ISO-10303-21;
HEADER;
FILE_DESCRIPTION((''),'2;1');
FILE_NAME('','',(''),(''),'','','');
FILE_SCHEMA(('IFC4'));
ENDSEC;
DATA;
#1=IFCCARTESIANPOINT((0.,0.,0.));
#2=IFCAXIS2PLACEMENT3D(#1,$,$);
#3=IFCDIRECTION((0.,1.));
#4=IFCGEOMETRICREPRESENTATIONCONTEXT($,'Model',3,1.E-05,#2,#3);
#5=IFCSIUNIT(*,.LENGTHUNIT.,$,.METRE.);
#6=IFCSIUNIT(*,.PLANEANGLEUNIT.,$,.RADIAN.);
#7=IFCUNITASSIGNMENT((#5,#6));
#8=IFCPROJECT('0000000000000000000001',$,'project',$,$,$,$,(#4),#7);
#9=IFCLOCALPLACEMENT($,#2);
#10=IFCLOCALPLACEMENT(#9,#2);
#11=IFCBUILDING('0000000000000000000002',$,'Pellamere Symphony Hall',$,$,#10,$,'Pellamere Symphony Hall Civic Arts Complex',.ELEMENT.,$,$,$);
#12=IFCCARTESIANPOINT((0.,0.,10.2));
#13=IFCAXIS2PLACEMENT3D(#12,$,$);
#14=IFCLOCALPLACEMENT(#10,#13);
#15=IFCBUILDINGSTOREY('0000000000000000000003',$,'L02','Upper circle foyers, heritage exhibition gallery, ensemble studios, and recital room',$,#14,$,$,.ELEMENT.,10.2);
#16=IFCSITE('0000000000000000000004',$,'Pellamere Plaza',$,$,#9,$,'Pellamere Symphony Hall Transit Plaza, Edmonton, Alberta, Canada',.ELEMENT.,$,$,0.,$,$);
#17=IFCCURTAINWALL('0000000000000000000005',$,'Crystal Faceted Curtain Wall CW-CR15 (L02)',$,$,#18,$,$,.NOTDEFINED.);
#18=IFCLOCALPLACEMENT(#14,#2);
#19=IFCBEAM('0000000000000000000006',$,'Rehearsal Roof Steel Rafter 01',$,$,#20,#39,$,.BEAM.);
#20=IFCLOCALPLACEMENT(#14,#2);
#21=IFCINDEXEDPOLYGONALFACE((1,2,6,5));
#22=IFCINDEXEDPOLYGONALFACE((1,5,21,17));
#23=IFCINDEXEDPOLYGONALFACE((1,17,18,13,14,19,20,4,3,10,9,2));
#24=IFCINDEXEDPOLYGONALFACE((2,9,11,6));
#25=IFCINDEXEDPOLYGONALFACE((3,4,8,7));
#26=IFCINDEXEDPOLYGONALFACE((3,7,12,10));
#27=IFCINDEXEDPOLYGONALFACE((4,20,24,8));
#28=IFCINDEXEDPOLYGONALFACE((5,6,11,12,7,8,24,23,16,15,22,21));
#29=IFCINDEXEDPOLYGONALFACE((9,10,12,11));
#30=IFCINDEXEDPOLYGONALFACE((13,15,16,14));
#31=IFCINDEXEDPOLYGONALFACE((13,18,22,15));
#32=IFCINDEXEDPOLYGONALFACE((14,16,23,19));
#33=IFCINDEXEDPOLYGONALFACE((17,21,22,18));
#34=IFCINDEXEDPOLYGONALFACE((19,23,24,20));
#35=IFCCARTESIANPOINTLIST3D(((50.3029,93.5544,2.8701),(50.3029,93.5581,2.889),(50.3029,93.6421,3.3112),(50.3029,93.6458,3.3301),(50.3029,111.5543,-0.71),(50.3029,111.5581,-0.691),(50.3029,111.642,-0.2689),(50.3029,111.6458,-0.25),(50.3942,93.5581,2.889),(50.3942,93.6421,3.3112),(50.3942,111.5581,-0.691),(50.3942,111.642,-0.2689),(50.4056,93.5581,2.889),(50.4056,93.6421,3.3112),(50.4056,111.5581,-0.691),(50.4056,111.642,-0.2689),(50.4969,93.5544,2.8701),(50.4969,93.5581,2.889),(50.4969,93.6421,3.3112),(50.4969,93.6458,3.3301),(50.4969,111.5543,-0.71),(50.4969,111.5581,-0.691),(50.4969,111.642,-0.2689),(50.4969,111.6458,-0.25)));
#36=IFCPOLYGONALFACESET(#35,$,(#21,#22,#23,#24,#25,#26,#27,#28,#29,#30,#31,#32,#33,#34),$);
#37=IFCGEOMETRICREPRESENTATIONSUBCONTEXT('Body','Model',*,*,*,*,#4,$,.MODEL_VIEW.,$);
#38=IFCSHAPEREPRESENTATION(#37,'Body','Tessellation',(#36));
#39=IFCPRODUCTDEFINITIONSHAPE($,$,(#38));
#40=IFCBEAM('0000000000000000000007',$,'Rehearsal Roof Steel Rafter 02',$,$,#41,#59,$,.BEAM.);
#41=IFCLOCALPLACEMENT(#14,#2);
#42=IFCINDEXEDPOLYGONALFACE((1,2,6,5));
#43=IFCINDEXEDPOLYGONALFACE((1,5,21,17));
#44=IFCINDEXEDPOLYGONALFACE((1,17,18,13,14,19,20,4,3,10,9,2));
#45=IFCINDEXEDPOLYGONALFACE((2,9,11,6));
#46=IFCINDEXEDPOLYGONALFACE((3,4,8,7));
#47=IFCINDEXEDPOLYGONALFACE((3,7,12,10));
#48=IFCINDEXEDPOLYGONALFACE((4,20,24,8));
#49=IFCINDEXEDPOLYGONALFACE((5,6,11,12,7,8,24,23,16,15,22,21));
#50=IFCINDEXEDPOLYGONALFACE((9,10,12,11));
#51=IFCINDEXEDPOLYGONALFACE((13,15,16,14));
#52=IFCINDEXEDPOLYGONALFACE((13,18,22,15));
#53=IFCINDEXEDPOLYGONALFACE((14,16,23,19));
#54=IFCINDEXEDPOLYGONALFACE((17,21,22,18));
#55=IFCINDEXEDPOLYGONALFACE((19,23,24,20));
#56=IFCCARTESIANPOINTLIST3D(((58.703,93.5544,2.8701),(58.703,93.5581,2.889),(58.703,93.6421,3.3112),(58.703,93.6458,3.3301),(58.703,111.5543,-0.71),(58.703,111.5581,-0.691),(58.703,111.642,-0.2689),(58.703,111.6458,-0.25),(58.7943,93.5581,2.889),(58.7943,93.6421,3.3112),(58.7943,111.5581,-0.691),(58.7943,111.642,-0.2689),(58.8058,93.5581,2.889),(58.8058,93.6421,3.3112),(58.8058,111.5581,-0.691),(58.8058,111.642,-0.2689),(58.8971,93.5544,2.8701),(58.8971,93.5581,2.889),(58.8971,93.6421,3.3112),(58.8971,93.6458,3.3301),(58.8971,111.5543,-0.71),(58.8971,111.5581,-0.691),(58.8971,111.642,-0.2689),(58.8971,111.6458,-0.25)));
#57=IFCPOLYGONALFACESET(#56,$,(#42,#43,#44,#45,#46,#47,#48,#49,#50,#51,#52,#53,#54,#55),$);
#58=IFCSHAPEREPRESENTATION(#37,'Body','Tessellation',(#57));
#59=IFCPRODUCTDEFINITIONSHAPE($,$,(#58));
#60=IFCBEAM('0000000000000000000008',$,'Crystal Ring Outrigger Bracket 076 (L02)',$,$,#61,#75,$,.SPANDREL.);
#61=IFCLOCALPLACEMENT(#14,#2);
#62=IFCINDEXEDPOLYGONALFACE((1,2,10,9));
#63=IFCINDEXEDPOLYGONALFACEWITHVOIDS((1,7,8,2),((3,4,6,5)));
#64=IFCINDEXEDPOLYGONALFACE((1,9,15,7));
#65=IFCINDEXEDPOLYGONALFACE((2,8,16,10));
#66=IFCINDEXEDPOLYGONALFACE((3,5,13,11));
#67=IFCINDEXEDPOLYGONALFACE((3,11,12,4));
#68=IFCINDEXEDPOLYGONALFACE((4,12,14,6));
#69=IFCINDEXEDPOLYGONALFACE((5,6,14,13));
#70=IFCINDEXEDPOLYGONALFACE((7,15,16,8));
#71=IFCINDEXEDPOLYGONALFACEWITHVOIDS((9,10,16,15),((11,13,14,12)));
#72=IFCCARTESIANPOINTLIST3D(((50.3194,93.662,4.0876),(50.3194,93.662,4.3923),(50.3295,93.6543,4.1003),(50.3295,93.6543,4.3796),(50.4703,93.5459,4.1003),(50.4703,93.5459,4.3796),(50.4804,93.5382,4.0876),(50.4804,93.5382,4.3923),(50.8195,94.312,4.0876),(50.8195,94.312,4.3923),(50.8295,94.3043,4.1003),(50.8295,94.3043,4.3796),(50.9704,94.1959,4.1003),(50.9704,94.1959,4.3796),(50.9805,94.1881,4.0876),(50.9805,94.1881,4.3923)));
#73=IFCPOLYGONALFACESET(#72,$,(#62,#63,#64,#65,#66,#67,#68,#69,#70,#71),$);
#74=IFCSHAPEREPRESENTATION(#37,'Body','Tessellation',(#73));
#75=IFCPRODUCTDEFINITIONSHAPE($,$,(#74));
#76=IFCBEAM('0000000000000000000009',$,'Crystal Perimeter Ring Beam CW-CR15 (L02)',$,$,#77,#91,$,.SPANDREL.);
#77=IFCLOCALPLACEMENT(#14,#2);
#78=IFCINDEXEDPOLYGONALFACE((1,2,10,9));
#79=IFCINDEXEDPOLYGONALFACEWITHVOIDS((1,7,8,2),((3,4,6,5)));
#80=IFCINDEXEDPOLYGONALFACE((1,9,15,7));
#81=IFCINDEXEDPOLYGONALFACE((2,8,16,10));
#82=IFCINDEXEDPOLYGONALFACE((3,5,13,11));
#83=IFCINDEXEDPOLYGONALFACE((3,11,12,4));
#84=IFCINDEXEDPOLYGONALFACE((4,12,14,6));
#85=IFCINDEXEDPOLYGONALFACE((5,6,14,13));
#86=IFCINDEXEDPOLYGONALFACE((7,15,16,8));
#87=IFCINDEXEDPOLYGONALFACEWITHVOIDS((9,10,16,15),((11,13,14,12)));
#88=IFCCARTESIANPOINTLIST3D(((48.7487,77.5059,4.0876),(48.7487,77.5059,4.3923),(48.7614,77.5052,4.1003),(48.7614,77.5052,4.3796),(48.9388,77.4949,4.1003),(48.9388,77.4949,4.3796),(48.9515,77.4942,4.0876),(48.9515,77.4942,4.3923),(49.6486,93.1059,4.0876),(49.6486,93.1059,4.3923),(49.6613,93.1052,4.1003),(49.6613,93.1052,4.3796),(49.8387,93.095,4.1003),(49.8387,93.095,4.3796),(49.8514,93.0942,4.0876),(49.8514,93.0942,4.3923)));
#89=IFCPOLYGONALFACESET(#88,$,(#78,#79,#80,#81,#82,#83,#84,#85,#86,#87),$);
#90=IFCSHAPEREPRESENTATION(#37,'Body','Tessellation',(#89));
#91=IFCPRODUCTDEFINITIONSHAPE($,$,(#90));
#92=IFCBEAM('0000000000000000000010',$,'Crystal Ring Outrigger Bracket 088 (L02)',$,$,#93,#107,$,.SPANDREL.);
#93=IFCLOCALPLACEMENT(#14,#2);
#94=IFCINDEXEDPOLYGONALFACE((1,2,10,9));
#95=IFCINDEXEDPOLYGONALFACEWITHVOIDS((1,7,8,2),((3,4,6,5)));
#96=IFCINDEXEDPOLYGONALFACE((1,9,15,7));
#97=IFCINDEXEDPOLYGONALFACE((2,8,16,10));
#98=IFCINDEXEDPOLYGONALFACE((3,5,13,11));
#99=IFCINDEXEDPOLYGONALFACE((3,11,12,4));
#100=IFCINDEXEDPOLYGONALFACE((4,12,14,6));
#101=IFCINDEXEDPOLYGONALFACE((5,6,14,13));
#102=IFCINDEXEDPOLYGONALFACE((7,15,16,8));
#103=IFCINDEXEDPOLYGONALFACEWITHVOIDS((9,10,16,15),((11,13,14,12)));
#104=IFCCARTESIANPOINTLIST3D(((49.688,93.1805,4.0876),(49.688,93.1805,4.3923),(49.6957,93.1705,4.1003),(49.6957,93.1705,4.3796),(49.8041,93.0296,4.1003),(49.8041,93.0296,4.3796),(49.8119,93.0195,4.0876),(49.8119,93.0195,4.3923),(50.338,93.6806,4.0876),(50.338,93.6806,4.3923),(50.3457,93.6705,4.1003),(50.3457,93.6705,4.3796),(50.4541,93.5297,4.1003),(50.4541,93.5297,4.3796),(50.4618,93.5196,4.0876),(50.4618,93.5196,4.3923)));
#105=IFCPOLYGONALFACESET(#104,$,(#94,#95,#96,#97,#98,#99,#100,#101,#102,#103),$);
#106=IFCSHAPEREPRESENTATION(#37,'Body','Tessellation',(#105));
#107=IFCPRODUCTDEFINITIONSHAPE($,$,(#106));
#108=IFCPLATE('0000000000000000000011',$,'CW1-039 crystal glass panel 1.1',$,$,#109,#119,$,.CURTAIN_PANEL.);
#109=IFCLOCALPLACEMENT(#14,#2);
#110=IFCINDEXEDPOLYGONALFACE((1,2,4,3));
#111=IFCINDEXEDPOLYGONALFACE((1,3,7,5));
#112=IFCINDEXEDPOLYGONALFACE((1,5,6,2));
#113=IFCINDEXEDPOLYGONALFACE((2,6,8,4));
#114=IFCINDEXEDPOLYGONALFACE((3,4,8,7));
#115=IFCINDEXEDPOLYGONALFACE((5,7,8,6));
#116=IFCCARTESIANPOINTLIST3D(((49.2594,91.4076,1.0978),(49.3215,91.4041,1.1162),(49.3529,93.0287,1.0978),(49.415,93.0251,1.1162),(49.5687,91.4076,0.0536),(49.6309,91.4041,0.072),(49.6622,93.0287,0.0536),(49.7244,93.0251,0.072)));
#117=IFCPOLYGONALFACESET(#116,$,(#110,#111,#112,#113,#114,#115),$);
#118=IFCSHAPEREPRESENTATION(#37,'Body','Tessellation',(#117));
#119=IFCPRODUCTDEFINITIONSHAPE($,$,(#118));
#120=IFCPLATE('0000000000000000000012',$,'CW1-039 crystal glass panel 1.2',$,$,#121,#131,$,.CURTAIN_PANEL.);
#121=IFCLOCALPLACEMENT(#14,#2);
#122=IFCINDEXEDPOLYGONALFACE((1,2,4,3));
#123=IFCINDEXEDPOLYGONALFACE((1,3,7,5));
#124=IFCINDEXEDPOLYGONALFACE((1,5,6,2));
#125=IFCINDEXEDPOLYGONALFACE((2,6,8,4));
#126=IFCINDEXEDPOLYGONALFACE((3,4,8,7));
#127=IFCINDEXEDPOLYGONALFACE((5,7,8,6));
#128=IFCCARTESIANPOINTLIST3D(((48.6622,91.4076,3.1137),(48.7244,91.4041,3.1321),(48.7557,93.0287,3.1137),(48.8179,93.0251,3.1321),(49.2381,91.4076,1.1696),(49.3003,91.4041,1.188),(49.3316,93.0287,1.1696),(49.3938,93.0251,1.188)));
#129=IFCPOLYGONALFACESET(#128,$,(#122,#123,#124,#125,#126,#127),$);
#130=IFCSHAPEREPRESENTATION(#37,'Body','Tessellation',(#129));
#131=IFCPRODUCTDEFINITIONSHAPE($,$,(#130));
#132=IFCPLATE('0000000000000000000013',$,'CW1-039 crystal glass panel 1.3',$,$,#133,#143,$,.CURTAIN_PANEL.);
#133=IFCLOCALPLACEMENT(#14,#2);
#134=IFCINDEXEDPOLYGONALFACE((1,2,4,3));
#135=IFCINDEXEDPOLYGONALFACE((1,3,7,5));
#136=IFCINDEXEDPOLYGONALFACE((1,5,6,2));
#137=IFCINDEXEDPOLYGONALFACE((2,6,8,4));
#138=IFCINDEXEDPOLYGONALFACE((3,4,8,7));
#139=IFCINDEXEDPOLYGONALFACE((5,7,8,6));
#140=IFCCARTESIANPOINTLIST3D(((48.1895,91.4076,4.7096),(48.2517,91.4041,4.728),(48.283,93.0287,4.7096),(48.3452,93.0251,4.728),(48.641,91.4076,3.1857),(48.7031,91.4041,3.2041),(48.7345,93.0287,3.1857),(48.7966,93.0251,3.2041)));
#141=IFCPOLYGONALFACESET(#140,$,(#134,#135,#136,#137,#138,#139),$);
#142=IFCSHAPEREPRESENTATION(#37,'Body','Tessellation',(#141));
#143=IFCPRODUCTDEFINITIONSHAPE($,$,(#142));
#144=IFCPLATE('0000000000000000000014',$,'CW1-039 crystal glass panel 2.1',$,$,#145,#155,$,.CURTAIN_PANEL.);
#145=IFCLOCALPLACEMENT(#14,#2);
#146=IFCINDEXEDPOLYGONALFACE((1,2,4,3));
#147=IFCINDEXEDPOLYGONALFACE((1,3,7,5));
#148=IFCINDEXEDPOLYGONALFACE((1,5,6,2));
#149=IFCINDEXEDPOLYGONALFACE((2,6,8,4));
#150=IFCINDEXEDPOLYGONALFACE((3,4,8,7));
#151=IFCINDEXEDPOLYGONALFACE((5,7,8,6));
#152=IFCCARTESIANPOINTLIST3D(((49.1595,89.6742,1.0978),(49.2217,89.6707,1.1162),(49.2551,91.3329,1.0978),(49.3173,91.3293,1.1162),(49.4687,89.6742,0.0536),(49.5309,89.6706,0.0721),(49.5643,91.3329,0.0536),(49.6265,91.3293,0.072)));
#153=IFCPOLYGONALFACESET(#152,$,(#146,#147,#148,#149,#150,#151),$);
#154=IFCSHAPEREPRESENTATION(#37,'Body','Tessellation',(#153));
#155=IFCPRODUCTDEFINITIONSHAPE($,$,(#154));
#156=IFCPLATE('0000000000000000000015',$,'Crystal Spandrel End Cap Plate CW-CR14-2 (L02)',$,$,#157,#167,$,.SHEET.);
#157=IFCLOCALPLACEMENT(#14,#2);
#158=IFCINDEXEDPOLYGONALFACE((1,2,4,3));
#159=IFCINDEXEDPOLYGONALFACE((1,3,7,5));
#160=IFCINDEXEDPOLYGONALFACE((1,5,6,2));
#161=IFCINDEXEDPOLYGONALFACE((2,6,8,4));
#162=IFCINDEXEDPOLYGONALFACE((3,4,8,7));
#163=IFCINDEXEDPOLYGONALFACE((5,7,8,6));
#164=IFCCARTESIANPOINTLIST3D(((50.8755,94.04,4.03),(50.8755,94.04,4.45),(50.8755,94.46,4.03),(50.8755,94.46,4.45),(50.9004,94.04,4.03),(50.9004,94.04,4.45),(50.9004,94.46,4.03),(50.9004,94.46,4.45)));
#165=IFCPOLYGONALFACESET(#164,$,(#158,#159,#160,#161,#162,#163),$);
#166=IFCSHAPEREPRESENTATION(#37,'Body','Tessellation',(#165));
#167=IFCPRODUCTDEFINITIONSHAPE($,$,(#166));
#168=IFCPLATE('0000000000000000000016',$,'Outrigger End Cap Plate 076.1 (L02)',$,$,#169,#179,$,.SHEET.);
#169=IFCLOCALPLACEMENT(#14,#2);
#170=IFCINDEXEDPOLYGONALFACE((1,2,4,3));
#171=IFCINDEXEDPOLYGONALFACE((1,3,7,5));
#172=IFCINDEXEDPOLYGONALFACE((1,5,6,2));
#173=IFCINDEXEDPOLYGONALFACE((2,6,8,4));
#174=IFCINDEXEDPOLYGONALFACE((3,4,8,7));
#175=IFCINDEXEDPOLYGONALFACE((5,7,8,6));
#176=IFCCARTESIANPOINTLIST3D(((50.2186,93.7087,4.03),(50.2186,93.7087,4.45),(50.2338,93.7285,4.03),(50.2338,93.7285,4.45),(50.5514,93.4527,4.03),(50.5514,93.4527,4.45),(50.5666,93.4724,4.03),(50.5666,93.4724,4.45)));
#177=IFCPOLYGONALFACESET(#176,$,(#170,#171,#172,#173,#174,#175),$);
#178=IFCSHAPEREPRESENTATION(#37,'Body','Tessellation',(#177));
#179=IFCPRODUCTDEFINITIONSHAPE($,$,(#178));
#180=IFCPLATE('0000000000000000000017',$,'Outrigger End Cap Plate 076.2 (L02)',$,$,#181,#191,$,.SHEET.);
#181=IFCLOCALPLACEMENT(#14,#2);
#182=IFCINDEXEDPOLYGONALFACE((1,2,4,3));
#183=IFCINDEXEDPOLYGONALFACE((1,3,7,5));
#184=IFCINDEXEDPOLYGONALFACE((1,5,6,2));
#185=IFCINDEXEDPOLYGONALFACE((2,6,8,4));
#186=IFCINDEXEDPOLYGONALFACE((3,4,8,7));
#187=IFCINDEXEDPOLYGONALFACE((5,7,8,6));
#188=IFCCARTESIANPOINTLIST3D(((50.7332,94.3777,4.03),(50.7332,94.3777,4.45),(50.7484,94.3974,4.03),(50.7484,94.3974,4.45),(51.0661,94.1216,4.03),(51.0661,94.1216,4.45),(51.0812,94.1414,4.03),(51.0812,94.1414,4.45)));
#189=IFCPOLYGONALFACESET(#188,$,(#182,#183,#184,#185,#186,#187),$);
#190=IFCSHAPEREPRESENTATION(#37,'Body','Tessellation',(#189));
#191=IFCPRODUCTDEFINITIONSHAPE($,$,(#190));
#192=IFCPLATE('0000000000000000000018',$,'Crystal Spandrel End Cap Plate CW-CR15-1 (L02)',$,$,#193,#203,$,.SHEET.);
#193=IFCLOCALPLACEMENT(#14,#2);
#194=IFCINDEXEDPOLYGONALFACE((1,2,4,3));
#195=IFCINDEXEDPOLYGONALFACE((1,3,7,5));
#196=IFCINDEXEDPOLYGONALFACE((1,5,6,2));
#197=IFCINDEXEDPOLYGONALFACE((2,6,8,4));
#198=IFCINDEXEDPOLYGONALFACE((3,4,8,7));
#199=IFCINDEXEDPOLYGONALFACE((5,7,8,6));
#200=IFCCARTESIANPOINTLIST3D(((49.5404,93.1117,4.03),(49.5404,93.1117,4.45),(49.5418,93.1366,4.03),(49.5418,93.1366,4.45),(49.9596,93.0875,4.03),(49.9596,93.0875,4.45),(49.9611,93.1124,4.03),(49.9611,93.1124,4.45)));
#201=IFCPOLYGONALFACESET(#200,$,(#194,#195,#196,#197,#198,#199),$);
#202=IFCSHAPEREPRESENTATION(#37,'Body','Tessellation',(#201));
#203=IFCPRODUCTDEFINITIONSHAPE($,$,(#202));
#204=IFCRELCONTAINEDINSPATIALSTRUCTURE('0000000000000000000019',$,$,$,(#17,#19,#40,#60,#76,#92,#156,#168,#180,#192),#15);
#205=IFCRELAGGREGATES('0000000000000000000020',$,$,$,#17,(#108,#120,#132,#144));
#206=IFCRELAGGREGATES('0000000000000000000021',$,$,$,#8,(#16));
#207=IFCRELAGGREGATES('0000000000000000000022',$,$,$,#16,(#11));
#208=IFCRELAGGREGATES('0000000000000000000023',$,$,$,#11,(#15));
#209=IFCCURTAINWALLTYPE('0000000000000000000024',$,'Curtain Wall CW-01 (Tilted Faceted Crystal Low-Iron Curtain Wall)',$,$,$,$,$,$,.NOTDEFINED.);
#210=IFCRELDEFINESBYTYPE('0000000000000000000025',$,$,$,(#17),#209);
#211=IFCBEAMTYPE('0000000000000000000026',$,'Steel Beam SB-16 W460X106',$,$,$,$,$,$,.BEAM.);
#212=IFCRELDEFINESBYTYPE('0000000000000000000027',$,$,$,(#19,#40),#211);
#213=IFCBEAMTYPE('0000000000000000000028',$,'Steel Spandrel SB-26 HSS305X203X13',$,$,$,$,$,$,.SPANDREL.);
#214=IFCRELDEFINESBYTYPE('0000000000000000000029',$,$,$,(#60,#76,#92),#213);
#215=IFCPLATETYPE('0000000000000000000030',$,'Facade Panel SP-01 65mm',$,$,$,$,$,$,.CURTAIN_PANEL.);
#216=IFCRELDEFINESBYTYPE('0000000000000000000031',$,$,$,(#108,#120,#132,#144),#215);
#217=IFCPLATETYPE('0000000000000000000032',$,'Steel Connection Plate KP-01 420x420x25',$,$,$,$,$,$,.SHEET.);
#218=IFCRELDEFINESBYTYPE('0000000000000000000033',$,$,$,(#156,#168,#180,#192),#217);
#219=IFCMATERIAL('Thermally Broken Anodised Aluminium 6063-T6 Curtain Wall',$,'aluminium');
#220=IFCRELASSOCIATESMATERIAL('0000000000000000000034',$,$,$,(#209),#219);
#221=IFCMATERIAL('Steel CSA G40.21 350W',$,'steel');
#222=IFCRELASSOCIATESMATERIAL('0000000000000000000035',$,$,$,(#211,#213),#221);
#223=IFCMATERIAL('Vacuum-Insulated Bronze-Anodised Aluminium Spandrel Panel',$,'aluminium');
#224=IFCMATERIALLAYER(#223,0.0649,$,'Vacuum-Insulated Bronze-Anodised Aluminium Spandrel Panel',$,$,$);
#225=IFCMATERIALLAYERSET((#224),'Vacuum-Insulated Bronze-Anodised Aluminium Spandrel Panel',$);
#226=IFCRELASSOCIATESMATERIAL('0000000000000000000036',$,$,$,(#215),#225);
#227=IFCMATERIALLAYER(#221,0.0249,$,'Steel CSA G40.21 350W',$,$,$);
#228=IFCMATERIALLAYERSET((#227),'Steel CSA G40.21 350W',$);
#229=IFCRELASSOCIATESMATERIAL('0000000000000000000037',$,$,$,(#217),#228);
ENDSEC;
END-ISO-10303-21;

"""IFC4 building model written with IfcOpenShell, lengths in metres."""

from ifc_helpers import new_model, si_unit, direction, frame, origin, origin_2d, place, context, subcontext, project, spatial, polyline, rectangle, hollow_rectangle, i_section, outline, extrude, material, layer, layer_set, material_profile, profile_set, type_object, element, aggregate, save


model = new_model("IFC4")

# Units and contexts
model_context = context("Model", 3, precision=1e-05, world=origin(), true_north=direction((0.0, 1.0)))
body_context = subcontext(model_context, "Body", "Model", "MODEL_VIEW")
ifc_project = project(units=[si_unit("LENGTHUNIT", "METRE"), si_unit("PLANEANGLEUNIT", "RADIAN")], contexts=[model_context])

# Site, building, storey
site_placement = place(None, origin())
site = spatial("IfcSite", under=ifc_project, at=site_placement, Name="Pellamere Plaza", LongName="Pellamere Symphony Hall Transit Plaza, Edmonton, Alberta, Canada", CompositionType="ELEMENT", RefElevation=0.0)
building_placement = place(site_placement, origin())
building = spatial("IfcBuilding", under=site, at=building_placement, Name="Pellamere Symphony Hall", LongName="Pellamere Symphony Hall Civic Arts Complex", CompositionType="ELEMENT")
storey_placement = place(building_placement, frame((0.0, 0.0, 10.2)))
storey = spatial("IfcBuildingStorey", under=building, at=storey_placement, Name="L02", Description="Upper circle foyers, heritage exhibition gallery, ensemble studios, and recital room", CompositionType="ELEMENT", Elevation=10.2)

# Curtain wall
ifc_material_1 = material(Name="Thermally Broken Anodised Aluminium 6063-T6 Curtain Wall", Category="aluminium")
curtain_wall_type = type_object("IfcCurtainWallType", Name="Curtain Wall CW-01 (Tilted Faceted Crystal Low-Iron Curtain Wall)", PredefinedType="NOTDEFINED", material=ifc_material_1)
curtain_wall_1_placement = place(storey_placement, origin())
curtain_wall_1 = element("IfcCurtainWall", 1, at=curtain_wall_1_placement, inside=storey, type_object=curtain_wall_type, Name="Crystal Faceted Curtain Wall CW-CR15 (L02)", PredefinedType="NOTDEFINED")

# Beams
ifc_material_2 = material(Name="Steel CSA G40.21 350W", Category="steel")
ifc_material_profile_1 = material_profile(ifc_material_2, i_section(OverallWidth=0.1941, OverallDepth=0.469, WebThickness=0.0115, FlangeThickness=0.0193, at=origin_2d()), Name="W460X106")
ifc_profile_set_1 = profile_set([ifc_material_profile_1], Name="Steel CSA G40.21 350W")
beam_type_1 = type_object("IfcBeamType", Name="Steel Beam SB-16 W460X106", PredefinedType="BEAM", material=ifc_profile_set_1)
for number, where, z_axis, x_axis, name in (
    (2, (50.3999, 93.6001, 3.1001), (0.0, 0.980789, -0.195072), (-1.0, 0.0, 0.0), "Rehearsal Roof Steel Rafter 01"),
    (3, (58.8, 93.6001, 3.1001), (0.0, 0.980789, -0.195072), (-1.0, 0.0, 0.0), "Rehearsal Roof Steel Rafter 02"),
):
    element("IfcBeam", number, at=place(storey_placement, frame(where, z_axis=z_axis, x_axis=x_axis)), inside=storey, type_object=beam_type_1, Name=name, PredefinedType="BEAM", context=body_context, shape_type="SweptSolid", body=[
        extrude(i_section(OverallWidth=0.1941, OverallDepth=0.469, WebThickness=0.0115, FlangeThickness=0.0193, at=origin_2d()), origin(), (0.0, 0.0, 1.0), 18.3525),
    ])
ifc_material_profile_2 = material_profile(ifc_material_2, hollow_rectangle(XDim=0.2031, YDim=0.3047, WallThickness=0.0127, at=origin_2d()), Name="HSS305X203X13")
ifc_profile_set_2 = profile_set([ifc_material_profile_2], Name="Steel CSA G40.21 350W")
beam_type_2 = type_object("IfcBeamType", Name="Steel Spandrel SB-26 HSS305X203X13", PredefinedType="SPANDREL", material=ifc_profile_set_2)
beam_1_placement = place(storey_placement, frame((50.3999, 93.6001, 4.24), z_axis=(0.609768, 0.79258, 0.0), x_axis=(-0.79258, 0.609768, 0.0)))
element("IfcBeam", 4, at=beam_1_placement, inside=storey, type_object=beam_type_2, Name="Crystal Ring Outrigger Bracket 076 (L02)", PredefinedType="SPANDREL", context=body_context, shape_type="SweptSolid", body=[
    extrude(hollow_rectangle(XDim=0.2031, YDim=0.3047, WallThickness=0.0127, at=origin_2d()), origin(), (0.0, 0.0, 1.0), 0.8201),
])
beam_2_placement = place(storey_placement, frame((49.75, 93.1001, 4.24), z_axis=(-0.05759, -0.99834, 0.0), x_axis=(0.99834, -0.05759, 0.0)))
element("IfcBeam", 5, at=beam_2_placement, inside=storey, type_object=beam_type_2, Name="Crystal Perimeter Ring Beam CW-CR15 (L02)", PredefinedType="SPANDREL", context=body_context, shape_type="SweptSolid", body=[
    extrude(hollow_rectangle(XDim=0.2031, YDim=0.3047, WallThickness=0.0127, at=origin_2d()), origin(), (0.0, 0.0, 1.0), 15.626),
])
beam_3_placement = place(storey_placement, frame((50.3999, 93.6001, 4.24), z_axis=(-0.79258, -0.609768, 0.0), x_axis=(0.609768, -0.79258, 0.0)))
element("IfcBeam", 6, at=beam_3_placement, inside=storey, type_object=beam_type_2, Name="Crystal Ring Outrigger Bracket 088 (L02)", PredefinedType="SPANDREL", context=body_context, shape_type="SweptSolid", body=[
    extrude(hollow_rectangle(XDim=0.2031, YDim=0.3047, WallThickness=0.0127, at=origin_2d()), origin(), (0.0, 0.0, 1.0), 0.8201),
])

# Plates
ifc_material_3 = material(Name="Vacuum-Insulated Bronze-Anodised Aluminium Spandrel Panel", Category="aluminium")
ifc_layer_1 = layer(ifc_material_3, 0.0649, Name="Vacuum-Insulated Bronze-Anodised Aluminium Spandrel Panel")
ifc_layer_set_1 = layer_set([ifc_layer_1], Name="Vacuum-Insulated Bronze-Anodised Aluminium Spandrel Panel")
plate_type_1 = type_object("IfcPlateType", Name="Facade Panel SP-01 65mm", PredefinedType="CURTAIN_PANEL", material=ifc_layer_set_1)
plate_1_placement = place(storey_placement, frame((49.7244, 93.0251, 0.072), z_axis=(0.957351, -0.055221, 0.283602), x_axis=(-0.057585, -0.998341, 0.0)))
plate_1 = element("IfcPlate", 7, at=plate_1_placement, type_object=plate_type_1, Name="CW1-039 crystal glass panel 1.1", PredefinedType="CURTAIN_PANEL", context=body_context, shape_type="SweptSolid", body=[
    extrude(outline(polyline([(0.0, 0.0), (1.6238, 0.0), (1.6416, -1.0889), (0.0178, -1.0889), (0.0, 0.0)])), origin(), (0.0, 0.0, -1.0), 0.0649),
])
plate_2_placement = place(storey_placement, frame((49.3938, 93.0251, 1.188), z_axis=(0.957349, -0.055221, 0.28361), x_axis=(-0.057585, -0.998341, 0.0)))
plate_2 = element("IfcPlate", 8, at=plate_2_placement, type_object=plate_type_1, Name="CW1-039 crystal glass panel 1.2", PredefinedType="CURTAIN_PANEL", context=body_context, shape_type="SweptSolid", body=[
    extrude(outline(polyline([(0.0, 0.0), (1.6238, 0.0), (1.657, -2.0273), (0.0332, -2.0273), (0.0, 0.0)])), origin(), (0.0, 0.0, -1.0), 0.0649),
])
plate_3_placement = place(storey_placement, frame((48.7966, 93.0251, 3.2041), z_axis=(0.957355, -0.055221, 0.283587), x_axis=(-0.057585, -0.998341, 0.0)))
plate_3 = element("IfcPlate", 9, at=plate_3_placement, type_object=plate_type_1, Name="CW1-039 crystal glass panel 1.3", PredefinedType="CURTAIN_PANEL", context=body_context, shape_type="SweptSolid", body=[
    extrude(outline(polyline([(0.0, 0.0), (1.6238, 0.0), (1.6498, -1.5892), (0.026, -1.5892), (0.0, 0.0)])), origin(), (0.0, 0.0, -1.0), 0.0649),
])
plate_4_placement = place(storey_placement, frame((49.6265, 91.3293, 0.072), z_axis=(0.957384, -0.055169, 0.283499), x_axis=(-0.057535, -0.998343, 0.00002)))
plate_4 = element("IfcPlate", 10, at=plate_4_placement, type_object=plate_type_1, Name="CW1-039 crystal glass panel 2.1", PredefinedType="CURTAIN_PANEL", context=body_context, shape_type="SweptSolid", body=[
    extrude(outline(polyline([(0.0, 0.0), (1.6615, 0.0), (1.6793, -1.0888), (0.0178, -1.0889), (0.0, 0.0)])), origin(), (0.0, 0.0, -1.0), 0.0649),
])
aggregate(curtain_wall_1, [plate_1, plate_2, plate_3, plate_4])

# Plates
ifc_layer_2 = layer(ifc_material_2, 0.0249, Name="Steel CSA G40.21 350W")
ifc_layer_set_2 = layer_set([ifc_layer_2], Name="Steel CSA G40.21 350W")
plate_type_2 = type_object("IfcPlateType", Name="Steel Connection Plate KP-01 420x420x25", PredefinedType="SHEET", material=ifc_layer_set_2)
for number, where, z_axis, x_axis, name in (
    (11, (50.8879, 94.25, 4.03), (0.0, 0.0, 1.0), (-1.0, 0.0, 0.0), "Crystal Spandrel End Cap Plate CW-CR14-2 (L02)"),
    (12, (50.3926, 93.5906, 4.03), (0.0, 0.0, 1.0), (0.60973, 0.792609, 0.0), "Outrigger End Cap Plate 076.1 (L02)"),
    (13, (50.9072, 94.2595, 4.03), (0.0, 0.0, 1.0), (0.60973, 0.792609, 0.0), "Outrigger End Cap Plate 076.2 (L02)"),
    (14, (49.7507, 93.1121, 4.03), (0.0, 0.0, 1.0), (-0.057564, -0.998342, 0.0), "Crystal Spandrel End Cap Plate CW-CR15-1 (L02)"),
):
    element("IfcPlate", number, at=place(storey_placement, frame(where, z_axis=z_axis, x_axis=x_axis)), inside=storey, type_object=plate_type_2, Name=name, PredefinedType="SHEET", context=body_context, shape_type="SweptSolid", body=[
        extrude(rectangle(XDim=0.0249, YDim=0.4199, at=origin_2d()), origin(), (0.0, 0.0, 1.0), 0.4199),
    ])

save(model, "model.ifc")
